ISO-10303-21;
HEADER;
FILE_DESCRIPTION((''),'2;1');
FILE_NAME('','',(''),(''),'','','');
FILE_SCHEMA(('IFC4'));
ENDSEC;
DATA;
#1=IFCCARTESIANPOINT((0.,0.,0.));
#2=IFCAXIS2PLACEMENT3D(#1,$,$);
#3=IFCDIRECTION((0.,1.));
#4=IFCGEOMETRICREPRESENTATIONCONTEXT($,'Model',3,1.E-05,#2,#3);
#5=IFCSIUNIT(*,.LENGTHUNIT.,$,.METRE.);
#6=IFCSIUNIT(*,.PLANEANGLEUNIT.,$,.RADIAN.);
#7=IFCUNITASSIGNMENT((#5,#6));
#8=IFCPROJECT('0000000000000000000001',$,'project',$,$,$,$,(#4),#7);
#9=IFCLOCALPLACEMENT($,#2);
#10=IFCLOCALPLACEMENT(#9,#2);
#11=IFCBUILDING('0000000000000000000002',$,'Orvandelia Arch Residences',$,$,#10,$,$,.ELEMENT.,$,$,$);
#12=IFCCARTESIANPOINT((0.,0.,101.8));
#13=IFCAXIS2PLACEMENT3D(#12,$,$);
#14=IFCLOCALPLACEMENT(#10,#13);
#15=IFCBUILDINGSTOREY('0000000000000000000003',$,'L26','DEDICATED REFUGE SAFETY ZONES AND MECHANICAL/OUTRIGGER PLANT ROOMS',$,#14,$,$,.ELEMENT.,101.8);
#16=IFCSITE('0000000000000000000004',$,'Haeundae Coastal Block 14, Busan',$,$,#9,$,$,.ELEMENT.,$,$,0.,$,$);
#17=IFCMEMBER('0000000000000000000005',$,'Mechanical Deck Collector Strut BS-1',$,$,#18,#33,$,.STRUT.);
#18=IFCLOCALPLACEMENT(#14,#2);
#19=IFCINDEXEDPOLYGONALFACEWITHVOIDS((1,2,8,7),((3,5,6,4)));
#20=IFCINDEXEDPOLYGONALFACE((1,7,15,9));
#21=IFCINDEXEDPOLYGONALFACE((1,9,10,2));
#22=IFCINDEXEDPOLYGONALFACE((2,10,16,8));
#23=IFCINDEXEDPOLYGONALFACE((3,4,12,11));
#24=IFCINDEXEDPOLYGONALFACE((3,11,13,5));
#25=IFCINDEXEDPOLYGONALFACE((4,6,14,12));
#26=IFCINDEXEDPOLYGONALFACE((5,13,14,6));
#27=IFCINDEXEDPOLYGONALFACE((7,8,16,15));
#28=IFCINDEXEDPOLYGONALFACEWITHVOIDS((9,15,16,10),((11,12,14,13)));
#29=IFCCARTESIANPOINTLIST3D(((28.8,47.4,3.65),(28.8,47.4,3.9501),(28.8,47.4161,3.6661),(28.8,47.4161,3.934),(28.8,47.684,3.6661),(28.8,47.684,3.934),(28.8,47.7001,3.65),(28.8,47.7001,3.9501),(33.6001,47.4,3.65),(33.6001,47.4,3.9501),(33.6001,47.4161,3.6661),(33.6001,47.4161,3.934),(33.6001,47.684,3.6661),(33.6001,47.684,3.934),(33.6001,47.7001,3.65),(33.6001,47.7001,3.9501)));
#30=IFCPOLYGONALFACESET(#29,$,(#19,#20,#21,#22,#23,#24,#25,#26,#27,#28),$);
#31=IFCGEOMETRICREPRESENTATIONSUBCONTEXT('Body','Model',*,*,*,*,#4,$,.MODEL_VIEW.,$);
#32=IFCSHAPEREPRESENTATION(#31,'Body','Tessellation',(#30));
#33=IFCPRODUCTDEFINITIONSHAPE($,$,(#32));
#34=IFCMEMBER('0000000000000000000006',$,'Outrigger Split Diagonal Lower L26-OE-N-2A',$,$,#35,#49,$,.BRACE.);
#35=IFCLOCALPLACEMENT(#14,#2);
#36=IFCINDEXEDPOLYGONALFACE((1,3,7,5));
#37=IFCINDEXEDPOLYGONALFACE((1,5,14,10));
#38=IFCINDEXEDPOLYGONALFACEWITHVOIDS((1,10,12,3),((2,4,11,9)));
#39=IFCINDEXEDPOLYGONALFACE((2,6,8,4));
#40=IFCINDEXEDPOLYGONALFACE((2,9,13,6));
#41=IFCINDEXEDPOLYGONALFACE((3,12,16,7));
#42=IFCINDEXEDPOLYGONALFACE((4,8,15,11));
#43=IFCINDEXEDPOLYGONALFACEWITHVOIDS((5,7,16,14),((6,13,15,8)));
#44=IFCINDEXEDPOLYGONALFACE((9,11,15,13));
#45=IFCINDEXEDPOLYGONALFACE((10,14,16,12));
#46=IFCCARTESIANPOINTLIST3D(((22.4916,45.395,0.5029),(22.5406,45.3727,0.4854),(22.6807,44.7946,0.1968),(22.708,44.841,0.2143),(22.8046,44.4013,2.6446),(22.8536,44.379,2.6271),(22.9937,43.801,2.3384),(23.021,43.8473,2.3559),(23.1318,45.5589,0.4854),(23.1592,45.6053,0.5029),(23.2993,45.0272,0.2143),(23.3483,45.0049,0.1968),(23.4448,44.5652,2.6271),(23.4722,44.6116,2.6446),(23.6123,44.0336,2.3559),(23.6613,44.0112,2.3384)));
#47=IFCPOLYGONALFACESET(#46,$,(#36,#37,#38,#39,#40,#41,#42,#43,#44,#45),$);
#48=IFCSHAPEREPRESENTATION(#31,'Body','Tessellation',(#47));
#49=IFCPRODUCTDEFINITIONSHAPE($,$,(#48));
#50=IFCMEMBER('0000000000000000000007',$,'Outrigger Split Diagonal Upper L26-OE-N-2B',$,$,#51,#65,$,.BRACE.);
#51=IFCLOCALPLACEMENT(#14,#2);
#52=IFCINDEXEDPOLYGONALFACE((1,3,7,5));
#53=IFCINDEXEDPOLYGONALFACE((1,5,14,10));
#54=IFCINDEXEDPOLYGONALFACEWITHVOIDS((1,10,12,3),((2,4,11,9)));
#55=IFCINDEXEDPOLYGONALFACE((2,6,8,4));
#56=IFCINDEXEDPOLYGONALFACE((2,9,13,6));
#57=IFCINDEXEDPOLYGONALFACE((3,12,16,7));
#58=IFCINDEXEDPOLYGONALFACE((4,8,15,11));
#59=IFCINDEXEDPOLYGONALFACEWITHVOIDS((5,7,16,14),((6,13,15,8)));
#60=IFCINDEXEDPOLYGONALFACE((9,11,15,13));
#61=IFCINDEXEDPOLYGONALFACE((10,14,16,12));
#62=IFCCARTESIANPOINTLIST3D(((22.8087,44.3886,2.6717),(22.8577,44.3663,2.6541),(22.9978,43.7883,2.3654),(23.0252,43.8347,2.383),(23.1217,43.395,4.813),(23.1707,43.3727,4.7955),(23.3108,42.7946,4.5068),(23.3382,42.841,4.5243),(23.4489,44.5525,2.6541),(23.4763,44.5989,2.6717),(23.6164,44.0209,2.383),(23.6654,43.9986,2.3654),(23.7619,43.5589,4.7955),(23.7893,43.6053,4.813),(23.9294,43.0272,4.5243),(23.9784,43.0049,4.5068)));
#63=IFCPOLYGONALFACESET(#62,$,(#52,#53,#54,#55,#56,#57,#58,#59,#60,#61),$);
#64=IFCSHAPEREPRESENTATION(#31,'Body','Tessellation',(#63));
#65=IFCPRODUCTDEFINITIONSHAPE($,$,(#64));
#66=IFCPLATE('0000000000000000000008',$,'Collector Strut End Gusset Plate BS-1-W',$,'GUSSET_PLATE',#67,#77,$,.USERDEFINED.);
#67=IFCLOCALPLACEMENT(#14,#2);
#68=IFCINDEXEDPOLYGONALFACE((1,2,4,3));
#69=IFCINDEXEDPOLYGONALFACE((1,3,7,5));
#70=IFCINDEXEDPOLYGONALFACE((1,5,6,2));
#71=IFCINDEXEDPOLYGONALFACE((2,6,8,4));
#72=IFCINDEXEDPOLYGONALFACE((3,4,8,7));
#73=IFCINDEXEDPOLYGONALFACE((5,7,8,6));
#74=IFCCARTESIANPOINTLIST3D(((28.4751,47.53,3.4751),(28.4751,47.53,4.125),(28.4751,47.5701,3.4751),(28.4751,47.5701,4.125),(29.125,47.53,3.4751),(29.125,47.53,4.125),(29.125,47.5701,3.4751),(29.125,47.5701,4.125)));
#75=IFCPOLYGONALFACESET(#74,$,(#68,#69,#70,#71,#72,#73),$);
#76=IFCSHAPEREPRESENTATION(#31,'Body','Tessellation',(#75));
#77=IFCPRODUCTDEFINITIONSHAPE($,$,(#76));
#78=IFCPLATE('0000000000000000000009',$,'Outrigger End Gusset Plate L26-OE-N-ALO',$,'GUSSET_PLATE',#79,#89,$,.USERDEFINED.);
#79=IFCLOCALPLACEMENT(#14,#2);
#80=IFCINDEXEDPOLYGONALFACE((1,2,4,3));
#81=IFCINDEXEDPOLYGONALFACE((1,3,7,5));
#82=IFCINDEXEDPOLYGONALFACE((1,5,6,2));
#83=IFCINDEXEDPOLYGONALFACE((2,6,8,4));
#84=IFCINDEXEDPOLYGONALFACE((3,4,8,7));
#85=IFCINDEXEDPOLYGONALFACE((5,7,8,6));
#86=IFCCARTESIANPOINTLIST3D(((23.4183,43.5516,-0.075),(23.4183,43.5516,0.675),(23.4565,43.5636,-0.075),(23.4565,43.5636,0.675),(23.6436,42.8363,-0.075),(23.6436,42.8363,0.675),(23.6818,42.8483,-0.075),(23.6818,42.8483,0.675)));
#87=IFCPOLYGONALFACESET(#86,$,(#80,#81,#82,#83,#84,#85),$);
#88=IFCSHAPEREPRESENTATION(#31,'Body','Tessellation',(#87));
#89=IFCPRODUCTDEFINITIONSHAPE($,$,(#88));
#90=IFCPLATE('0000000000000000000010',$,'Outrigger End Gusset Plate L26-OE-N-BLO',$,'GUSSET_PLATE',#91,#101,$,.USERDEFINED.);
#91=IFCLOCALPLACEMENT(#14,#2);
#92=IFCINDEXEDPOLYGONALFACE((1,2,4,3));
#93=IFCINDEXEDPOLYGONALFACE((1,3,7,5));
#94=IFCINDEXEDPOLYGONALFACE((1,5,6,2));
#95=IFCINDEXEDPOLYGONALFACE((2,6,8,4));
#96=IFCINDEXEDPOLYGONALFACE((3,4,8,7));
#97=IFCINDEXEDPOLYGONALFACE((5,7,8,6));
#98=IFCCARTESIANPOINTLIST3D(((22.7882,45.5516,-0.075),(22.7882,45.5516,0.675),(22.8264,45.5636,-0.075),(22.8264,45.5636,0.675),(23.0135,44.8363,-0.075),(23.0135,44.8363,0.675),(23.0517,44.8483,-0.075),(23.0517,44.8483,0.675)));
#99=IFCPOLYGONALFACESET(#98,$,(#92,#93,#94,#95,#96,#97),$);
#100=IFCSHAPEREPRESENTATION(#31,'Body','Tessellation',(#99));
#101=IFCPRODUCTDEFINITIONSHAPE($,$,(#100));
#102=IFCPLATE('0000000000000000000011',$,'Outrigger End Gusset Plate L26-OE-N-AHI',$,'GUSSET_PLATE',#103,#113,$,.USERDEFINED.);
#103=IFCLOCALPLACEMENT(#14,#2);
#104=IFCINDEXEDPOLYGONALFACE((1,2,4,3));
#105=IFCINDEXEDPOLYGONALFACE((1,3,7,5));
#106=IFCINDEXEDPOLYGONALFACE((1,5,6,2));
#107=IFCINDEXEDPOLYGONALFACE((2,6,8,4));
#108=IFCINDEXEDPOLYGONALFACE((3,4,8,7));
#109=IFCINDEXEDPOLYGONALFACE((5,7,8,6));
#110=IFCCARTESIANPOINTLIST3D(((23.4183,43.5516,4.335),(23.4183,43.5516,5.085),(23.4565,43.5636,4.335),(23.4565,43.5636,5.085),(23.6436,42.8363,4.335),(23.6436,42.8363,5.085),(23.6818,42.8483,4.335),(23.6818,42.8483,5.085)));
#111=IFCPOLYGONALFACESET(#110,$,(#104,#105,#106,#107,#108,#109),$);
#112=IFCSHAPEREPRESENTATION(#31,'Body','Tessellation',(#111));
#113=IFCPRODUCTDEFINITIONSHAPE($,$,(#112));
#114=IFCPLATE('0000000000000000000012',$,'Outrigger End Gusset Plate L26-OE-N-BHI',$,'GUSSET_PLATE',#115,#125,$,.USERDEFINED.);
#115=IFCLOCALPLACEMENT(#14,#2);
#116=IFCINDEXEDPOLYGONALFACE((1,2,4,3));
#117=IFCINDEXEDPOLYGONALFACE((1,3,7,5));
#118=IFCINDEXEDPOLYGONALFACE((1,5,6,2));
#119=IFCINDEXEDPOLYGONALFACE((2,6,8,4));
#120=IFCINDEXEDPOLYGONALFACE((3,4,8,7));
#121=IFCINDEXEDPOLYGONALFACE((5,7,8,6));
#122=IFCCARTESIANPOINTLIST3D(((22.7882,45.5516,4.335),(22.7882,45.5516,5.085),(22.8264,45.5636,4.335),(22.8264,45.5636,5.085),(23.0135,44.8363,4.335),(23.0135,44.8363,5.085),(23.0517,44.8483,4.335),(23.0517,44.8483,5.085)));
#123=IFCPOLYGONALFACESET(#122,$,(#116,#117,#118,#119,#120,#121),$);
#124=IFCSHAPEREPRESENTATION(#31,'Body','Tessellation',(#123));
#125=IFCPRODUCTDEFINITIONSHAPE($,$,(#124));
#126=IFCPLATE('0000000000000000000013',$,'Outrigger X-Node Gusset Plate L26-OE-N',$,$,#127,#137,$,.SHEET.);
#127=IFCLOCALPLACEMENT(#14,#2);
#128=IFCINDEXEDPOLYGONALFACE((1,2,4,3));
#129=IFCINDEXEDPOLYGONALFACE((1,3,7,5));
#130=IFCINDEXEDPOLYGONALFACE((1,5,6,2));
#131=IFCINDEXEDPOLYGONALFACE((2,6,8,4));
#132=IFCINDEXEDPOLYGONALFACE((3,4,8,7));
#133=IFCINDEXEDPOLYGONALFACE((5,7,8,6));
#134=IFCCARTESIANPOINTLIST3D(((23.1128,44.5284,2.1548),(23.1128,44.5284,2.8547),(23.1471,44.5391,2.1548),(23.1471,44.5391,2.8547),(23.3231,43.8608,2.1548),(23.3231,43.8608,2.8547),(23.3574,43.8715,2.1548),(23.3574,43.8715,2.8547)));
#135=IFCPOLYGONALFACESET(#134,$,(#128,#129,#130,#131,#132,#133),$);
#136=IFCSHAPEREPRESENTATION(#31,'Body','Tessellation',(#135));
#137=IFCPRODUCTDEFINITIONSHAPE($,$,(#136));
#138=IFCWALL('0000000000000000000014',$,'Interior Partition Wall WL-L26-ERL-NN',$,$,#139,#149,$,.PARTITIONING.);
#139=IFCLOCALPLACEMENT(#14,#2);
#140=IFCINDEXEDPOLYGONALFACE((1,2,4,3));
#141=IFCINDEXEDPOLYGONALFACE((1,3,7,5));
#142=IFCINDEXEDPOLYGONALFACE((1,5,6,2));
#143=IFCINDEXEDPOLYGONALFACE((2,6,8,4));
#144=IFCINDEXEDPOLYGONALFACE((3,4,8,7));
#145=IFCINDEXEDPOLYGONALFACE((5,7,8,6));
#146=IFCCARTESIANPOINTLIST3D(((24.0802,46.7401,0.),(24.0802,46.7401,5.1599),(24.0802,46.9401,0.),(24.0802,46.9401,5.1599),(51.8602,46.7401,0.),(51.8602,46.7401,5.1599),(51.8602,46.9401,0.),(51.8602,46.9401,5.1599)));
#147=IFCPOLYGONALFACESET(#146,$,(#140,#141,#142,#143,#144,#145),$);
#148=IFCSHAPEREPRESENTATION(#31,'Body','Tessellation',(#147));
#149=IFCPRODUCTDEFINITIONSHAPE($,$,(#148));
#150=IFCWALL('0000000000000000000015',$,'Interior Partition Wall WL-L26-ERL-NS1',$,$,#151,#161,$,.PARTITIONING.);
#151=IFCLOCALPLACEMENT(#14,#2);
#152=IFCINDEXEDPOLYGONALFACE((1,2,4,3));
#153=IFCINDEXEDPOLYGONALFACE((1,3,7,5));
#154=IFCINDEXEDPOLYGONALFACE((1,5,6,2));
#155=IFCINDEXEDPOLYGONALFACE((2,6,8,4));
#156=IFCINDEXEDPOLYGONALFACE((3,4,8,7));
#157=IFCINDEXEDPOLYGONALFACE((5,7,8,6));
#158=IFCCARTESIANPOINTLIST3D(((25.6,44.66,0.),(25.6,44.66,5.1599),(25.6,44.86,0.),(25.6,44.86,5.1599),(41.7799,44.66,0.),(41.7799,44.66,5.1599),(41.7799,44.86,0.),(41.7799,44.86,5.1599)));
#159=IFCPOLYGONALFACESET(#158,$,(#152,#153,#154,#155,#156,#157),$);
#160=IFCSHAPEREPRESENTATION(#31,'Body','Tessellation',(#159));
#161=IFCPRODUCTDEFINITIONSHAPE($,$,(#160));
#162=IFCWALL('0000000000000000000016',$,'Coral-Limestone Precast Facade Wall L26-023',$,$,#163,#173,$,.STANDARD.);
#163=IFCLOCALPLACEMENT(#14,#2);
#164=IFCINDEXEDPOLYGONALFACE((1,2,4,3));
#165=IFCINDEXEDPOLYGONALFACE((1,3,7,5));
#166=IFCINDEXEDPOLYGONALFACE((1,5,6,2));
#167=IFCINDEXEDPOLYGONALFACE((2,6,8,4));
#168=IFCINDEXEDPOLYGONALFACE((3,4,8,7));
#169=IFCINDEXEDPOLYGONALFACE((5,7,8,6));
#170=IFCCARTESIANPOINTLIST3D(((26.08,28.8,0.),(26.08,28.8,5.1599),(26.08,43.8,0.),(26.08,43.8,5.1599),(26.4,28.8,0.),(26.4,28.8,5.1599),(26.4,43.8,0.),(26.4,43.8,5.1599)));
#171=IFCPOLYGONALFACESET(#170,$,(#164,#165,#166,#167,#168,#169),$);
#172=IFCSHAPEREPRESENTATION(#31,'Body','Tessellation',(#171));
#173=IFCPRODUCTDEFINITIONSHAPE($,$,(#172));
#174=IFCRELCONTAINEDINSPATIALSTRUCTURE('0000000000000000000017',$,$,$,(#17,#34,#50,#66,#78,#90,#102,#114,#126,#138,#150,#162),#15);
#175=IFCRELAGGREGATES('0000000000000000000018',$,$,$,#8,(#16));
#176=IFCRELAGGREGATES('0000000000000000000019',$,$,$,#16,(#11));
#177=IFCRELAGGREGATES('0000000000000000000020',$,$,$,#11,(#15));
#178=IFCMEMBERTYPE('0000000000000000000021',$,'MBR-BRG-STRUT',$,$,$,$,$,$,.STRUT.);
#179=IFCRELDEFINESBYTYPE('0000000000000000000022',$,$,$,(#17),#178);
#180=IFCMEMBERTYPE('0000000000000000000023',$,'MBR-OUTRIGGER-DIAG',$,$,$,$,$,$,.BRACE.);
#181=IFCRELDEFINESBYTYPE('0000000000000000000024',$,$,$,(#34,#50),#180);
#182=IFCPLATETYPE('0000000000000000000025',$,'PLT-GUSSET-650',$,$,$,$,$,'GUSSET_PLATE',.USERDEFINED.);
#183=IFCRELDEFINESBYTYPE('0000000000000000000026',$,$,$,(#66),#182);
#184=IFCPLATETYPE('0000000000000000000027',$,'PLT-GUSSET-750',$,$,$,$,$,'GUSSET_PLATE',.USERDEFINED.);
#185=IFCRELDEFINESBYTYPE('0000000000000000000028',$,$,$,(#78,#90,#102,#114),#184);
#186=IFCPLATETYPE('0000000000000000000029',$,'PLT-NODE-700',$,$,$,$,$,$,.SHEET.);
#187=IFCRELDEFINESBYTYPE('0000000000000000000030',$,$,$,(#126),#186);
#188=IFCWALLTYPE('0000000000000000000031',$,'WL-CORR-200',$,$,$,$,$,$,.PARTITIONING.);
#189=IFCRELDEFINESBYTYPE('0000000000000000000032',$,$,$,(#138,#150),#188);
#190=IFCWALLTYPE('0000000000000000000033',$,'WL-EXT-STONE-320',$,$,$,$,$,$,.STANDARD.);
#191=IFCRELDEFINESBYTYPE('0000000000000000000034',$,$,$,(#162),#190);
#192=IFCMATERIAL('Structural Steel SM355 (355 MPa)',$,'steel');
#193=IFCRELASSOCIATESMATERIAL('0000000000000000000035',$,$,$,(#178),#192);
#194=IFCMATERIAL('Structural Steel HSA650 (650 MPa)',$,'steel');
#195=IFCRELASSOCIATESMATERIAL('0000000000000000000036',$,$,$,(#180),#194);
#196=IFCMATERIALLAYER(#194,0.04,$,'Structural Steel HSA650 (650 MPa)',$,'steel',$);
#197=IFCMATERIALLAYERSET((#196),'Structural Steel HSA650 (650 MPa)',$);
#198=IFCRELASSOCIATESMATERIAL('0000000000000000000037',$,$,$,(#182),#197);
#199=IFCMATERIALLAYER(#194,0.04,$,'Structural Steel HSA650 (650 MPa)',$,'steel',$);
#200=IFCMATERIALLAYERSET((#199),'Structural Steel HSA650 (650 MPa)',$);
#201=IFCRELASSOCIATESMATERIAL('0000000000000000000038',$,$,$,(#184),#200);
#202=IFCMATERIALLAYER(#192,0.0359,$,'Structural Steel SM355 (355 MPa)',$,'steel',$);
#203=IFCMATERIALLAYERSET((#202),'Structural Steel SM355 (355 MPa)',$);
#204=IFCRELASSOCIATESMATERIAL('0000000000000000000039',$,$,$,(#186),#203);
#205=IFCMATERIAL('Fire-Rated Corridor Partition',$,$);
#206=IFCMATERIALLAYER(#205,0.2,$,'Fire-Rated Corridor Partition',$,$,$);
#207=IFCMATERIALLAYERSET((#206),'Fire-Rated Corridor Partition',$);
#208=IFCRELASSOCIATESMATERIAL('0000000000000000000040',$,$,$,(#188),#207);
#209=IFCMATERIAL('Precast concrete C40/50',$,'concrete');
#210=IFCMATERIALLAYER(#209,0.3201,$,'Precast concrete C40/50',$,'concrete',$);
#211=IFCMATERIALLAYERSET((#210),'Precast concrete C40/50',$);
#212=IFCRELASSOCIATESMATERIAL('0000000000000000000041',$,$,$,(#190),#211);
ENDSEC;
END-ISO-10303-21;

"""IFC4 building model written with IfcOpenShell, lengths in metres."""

from ifc_helpers import new_model, si_unit, direction, frame, frame_2d, origin, origin_2d, place, context, subcontext, project, spatial, rectangle, hollow_rectangle, extrude, material, layer, layer_set, material_profile, profile_set, type_object, element, save


model = new_model("IFC4")

# Units and contexts
model_context = context("Model", 3, precision=1e-05, world=origin(), true_north=direction((0.0, 1.0)))
body_context = subcontext(model_context, "Body", "Model", "MODEL_VIEW")
ifc_project = project(units=[si_unit("LENGTHUNIT", "METRE"), si_unit("PLANEANGLEUNIT", "RADIAN")], contexts=[model_context])

# Site, building, storey
site_placement = place(None, origin())
site = spatial("IfcSite", under=ifc_project, at=site_placement, Name="Haeundae Coastal Block 14, Busan", CompositionType="ELEMENT", RefElevation=0.0)
building_placement = place(site_placement, origin())
building = spatial("IfcBuilding", under=site, at=building_placement, Name="Orvandelia Arch Residences", CompositionType="ELEMENT")
storey_placement = place(building_placement, frame((0.0, 0.0, 101.8)))
storey = spatial("IfcBuildingStorey", under=building, at=storey_placement, Name="L26", Description="DEDICATED REFUGE SAFETY ZONES AND MECHANICAL/OUTRIGGER PLANT ROOMS", CompositionType="ELEMENT", Elevation=101.8)

# Shared definitions
ifc_material_1 = material(Name="Structural Steel SM355 (355 MPa)", Category="steel")

# Members
ifc_material_profile_1 = material_profile(ifc_material_1, hollow_rectangle(XDim=0.3, YDim=0.3, WallThickness=0.0161, at=origin_2d()), Name="Structural Steel SM355 (355 MPa)", Category="steel")
ifc_profile_set_1 = profile_set([ifc_material_profile_1], Name="Structural Steel SM355 (355 MPa)")
member_type_1 = type_object("IfcMemberType", Name="MBR-BRG-STRUT", PredefinedType="STRUT", material=ifc_profile_set_1)
member_1_placement = place(storey_placement, frame((28.8, 47.55, 3.8), z_axis=(1.0, 0.0, 0.0), x_axis=(0.0, 1.0, 0.0)))
element("IfcMember", 1, at=member_1_placement, inside=storey, type_object=member_type_1, Name="Mechanical Deck Collector Strut BS-1", PredefinedType="STRUT", context=body_context, shape_type="SweptSolid", body=[
    extrude(hollow_rectangle(XDim=0.3, YDim=0.3, WallThickness=0.0161, at=origin_2d()), origin(), (0.0, 0.0, 1.0), 4.8),
])
ifc_material_2 = material(Name="Structural Steel HSA650 (650 MPa)", Category="steel")
ifc_material_profile_2 = material_profile(ifc_material_2, hollow_rectangle(XDim=0.7, YDim=0.7, WallThickness=0.04, at=origin_2d()), Name="Structural Steel HSA650 (650 MPa)", Category="steel")
ifc_profile_set_2 = profile_set([ifc_material_profile_2], Name="Structural Steel HSA650 (650 MPa)")
member_type_2 = type_object("IfcMemberType", Name="MBR-OUTRIGGER-DIAG", PredefinedType="BRACE", material=ifc_profile_set_2)
member_2_placement = place(storey_placement, frame((22.9199, 45.2, 0.3499), z_axis=(0.131422, -0.41723, 0.899248), x_axis=(0.953802, 0.300436, 0.0)))
element("IfcMember", 2, at=member_2_placement, inside=storey, type_object=member_type_2, Name="Outrigger Split Diagonal Lower L26-OE-N-2A", PredefinedType="BRACE", context=body_context, shape_type="SweptSolid", body=[
    extrude(hollow_rectangle(XDim=0.7, YDim=0.7, WallThickness=0.04, at=origin_2d()), origin(), (0.0, 0.0, 1.0), 2.3816),
])
member_3_placement = place(storey_placement, frame((23.2371, 44.1936, 2.5186), z_axis=(0.131434, -0.417268, 0.899229), x_axis=(0.953802, 0.300436, 0.0)))
element("IfcMember", 3, at=member_3_placement, inside=storey, type_object=member_type_2, Name="Outrigger Split Diagonal Upper L26-OE-N-2B", PredefinedType="BRACE", context=body_context, shape_type="SweptSolid", body=[
    extrude(hollow_rectangle(XDim=0.7, YDim=0.7, WallThickness=0.04, at=origin_2d()), origin(), (0.0, 0.0, 1.0), 2.3813),
])

# Plates
ifc_layer_1 = layer(ifc_material_2, 0.04, Name="Structural Steel HSA650 (650 MPa)", Category="steel")
ifc_layer_set_1 = layer_set([ifc_layer_1], Name="Structural Steel HSA650 (650 MPa)")
plate_type_1 = type_object("IfcPlateType", Name="PLT-GUSSET-650", ElementType="GUSSET_PLATE", PredefinedType="USERDEFINED", material=ifc_layer_set_1)
plate_1_placement = place(storey_placement, frame((28.8, 47.55, 3.4751), z_axis=(0.0, 0.0, 1.0), x_axis=(1.0, 0.0, 0.0)))
element("IfcPlate", 4, at=plate_1_placement, inside=storey, type_object=plate_type_1, Name="Collector Strut End Gusset Plate BS-1-W", ObjectType="GUSSET_PLATE", PredefinedType="USERDEFINED", context=body_context, shape_type="SweptSolid", body=[
    extrude(rectangle(XDim=0.6499, YDim=0.04, at=origin_2d()), origin(), (0.0, 0.0, 1.0), 0.6499),
])
ifc_layer_2 = layer(ifc_material_2, 0.04, Name="Structural Steel HSA650 (650 MPa)", Category="steel")
ifc_layer_set_2 = layer_set([ifc_layer_2], Name="Structural Steel HSA650 (650 MPa)")
plate_type_2 = type_object("IfcPlateType", Name="PLT-GUSSET-750", ElementType="GUSSET_PLATE", PredefinedType="USERDEFINED", material=ifc_layer_set_2)
for number, where, z_axis, x_axis, name in (
    (5, (23.55, 43.2, -0.075), (0.0, 0.0, 1.0), (-0.300439, 0.953801, 0.0), "Outrigger End Gusset Plate L26-OE-N-ALO"),
    (6, (22.9199, 45.2, -0.075), (0.0, 0.0, 1.0), (-0.300439, 0.953801, 0.0), "Outrigger End Gusset Plate L26-OE-N-BLO"),
    (7, (23.55, 43.2, 4.335), (0.0, 0.0, 1.0), (-0.300439, 0.953801, 0.0), "Outrigger End Gusset Plate L26-OE-N-AHI"),
    (8, (22.9199, 45.2, 4.335), (0.0, 0.0, 1.0), (-0.300439, 0.953801, 0.0), "Outrigger End Gusset Plate L26-OE-N-BHI"),
):
    element("IfcPlate", number, at=place(storey_placement, frame(where, z_axis=z_axis, x_axis=x_axis)), inside=storey, type_object=plate_type_2, Name=name, ObjectType="GUSSET_PLATE", PredefinedType="USERDEFINED", context=body_context, shape_type="SweptSolid", body=[
        extrude(rectangle(XDim=0.75, YDim=0.04, at=origin_2d()), origin(), (0.0, 0.0, 1.0), 0.75),
    ])
ifc_layer_3 = layer(ifc_material_1, 0.0359, Name="Structural Steel SM355 (355 MPa)", Category="steel")
ifc_layer_set_3 = layer_set([ifc_layer_3], Name="Structural Steel SM355 (355 MPa)")
plate_type_3 = type_object("IfcPlateType", Name="PLT-NODE-700", PredefinedType="SHEET", material=ifc_layer_set_3)
plate_2_placement = place(storey_placement, frame((23.2351, 44.2, 2.1548), z_axis=(0.0, 0.0, 1.0), x_axis=(-0.300439, 0.953801, 0.0)))
element("IfcPlate", 9, at=plate_2_placement, inside=storey, type_object=plate_type_3, Name="Outrigger X-Node Gusset Plate L26-OE-N", PredefinedType="SHEET", context=body_context, shape_type="SweptSolid", body=[
    extrude(rectangle(XDim=0.7, YDim=0.0359, at=origin_2d()), origin(), (0.0, 0.0, 1.0), 0.7),
])

# Walls
ifc_material_3 = material(Name="Fire-Rated Corridor Partition")
ifc_layer_4 = layer(ifc_material_3, 0.2, Name="Fire-Rated Corridor Partition")
ifc_layer_set_4 = layer_set([ifc_layer_4], Name="Fire-Rated Corridor Partition")
wall_type_1 = type_object("IfcWallType", Name="WL-CORR-200", PredefinedType="PARTITIONING", material=ifc_layer_set_4)
wall_1_placement = place(storey_placement, frame((24.0801, 46.8401, 0.0), z_axis=(0.0, 0.0, 1.0), x_axis=(1.0, 0.0, 0.0)))
element("IfcWall", 10, at=wall_1_placement, inside=storey, type_object=wall_type_1, Name="Interior Partition Wall WL-L26-ERL-NN", PredefinedType="PARTITIONING", context=body_context, shape_type="SweptSolid", body=[
    extrude(rectangle(XDim=27.78, YDim=0.2, at=frame_2d((13.8901, 0.0))), origin(), (0.0, 0.0, 1.0), 5.1599),
])
wall_2_placement = place(storey_placement, frame((25.6001, 44.76, 0.0), z_axis=(0.0, 0.0, 1.0), x_axis=(1.0, 0.0, 0.0)))
element("IfcWall", 11, at=wall_2_placement, inside=storey, type_object=wall_type_1, Name="Interior Partition Wall WL-L26-ERL-NS1", PredefinedType="PARTITIONING", context=body_context, shape_type="SweptSolid", body=[
    extrude(rectangle(XDim=16.1799, YDim=0.2, at=frame_2d((8.0898, 0.0))), origin(), (0.0, 0.0, 1.0), 5.1599),
])
ifc_material_4 = material(Name="Precast concrete C40/50", Category="concrete")
ifc_layer_5 = layer(ifc_material_4, 0.3201, Name="Precast concrete C40/50", Category="concrete")
ifc_layer_set_5 = layer_set([ifc_layer_5], Name="Precast concrete C40/50")
wall_type_2 = type_object("IfcWallType", Name="WL-EXT-STONE-320", PredefinedType="STANDARD", material=ifc_layer_set_5)
wall_3_placement = place(storey_placement, frame((26.24, 43.8, 0.0), z_axis=(0.0, 0.0, 1.0), x_axis=(0.0, -1.0, 0.0)))
element("IfcWall", 12, at=wall_3_placement, inside=storey, type_object=wall_type_2, Name="Coral-Limestone Precast Facade Wall L26-023", PredefinedType="STANDARD", context=body_context, shape_type="SweptSolid", body=[
    extrude(rectangle(XDim=15.0, YDim=0.3201, at=frame_2d((7.5, 0.0))), origin(), (0.0, 0.0, 1.0), 5.1599),
])

save(model, "model.ifc")
